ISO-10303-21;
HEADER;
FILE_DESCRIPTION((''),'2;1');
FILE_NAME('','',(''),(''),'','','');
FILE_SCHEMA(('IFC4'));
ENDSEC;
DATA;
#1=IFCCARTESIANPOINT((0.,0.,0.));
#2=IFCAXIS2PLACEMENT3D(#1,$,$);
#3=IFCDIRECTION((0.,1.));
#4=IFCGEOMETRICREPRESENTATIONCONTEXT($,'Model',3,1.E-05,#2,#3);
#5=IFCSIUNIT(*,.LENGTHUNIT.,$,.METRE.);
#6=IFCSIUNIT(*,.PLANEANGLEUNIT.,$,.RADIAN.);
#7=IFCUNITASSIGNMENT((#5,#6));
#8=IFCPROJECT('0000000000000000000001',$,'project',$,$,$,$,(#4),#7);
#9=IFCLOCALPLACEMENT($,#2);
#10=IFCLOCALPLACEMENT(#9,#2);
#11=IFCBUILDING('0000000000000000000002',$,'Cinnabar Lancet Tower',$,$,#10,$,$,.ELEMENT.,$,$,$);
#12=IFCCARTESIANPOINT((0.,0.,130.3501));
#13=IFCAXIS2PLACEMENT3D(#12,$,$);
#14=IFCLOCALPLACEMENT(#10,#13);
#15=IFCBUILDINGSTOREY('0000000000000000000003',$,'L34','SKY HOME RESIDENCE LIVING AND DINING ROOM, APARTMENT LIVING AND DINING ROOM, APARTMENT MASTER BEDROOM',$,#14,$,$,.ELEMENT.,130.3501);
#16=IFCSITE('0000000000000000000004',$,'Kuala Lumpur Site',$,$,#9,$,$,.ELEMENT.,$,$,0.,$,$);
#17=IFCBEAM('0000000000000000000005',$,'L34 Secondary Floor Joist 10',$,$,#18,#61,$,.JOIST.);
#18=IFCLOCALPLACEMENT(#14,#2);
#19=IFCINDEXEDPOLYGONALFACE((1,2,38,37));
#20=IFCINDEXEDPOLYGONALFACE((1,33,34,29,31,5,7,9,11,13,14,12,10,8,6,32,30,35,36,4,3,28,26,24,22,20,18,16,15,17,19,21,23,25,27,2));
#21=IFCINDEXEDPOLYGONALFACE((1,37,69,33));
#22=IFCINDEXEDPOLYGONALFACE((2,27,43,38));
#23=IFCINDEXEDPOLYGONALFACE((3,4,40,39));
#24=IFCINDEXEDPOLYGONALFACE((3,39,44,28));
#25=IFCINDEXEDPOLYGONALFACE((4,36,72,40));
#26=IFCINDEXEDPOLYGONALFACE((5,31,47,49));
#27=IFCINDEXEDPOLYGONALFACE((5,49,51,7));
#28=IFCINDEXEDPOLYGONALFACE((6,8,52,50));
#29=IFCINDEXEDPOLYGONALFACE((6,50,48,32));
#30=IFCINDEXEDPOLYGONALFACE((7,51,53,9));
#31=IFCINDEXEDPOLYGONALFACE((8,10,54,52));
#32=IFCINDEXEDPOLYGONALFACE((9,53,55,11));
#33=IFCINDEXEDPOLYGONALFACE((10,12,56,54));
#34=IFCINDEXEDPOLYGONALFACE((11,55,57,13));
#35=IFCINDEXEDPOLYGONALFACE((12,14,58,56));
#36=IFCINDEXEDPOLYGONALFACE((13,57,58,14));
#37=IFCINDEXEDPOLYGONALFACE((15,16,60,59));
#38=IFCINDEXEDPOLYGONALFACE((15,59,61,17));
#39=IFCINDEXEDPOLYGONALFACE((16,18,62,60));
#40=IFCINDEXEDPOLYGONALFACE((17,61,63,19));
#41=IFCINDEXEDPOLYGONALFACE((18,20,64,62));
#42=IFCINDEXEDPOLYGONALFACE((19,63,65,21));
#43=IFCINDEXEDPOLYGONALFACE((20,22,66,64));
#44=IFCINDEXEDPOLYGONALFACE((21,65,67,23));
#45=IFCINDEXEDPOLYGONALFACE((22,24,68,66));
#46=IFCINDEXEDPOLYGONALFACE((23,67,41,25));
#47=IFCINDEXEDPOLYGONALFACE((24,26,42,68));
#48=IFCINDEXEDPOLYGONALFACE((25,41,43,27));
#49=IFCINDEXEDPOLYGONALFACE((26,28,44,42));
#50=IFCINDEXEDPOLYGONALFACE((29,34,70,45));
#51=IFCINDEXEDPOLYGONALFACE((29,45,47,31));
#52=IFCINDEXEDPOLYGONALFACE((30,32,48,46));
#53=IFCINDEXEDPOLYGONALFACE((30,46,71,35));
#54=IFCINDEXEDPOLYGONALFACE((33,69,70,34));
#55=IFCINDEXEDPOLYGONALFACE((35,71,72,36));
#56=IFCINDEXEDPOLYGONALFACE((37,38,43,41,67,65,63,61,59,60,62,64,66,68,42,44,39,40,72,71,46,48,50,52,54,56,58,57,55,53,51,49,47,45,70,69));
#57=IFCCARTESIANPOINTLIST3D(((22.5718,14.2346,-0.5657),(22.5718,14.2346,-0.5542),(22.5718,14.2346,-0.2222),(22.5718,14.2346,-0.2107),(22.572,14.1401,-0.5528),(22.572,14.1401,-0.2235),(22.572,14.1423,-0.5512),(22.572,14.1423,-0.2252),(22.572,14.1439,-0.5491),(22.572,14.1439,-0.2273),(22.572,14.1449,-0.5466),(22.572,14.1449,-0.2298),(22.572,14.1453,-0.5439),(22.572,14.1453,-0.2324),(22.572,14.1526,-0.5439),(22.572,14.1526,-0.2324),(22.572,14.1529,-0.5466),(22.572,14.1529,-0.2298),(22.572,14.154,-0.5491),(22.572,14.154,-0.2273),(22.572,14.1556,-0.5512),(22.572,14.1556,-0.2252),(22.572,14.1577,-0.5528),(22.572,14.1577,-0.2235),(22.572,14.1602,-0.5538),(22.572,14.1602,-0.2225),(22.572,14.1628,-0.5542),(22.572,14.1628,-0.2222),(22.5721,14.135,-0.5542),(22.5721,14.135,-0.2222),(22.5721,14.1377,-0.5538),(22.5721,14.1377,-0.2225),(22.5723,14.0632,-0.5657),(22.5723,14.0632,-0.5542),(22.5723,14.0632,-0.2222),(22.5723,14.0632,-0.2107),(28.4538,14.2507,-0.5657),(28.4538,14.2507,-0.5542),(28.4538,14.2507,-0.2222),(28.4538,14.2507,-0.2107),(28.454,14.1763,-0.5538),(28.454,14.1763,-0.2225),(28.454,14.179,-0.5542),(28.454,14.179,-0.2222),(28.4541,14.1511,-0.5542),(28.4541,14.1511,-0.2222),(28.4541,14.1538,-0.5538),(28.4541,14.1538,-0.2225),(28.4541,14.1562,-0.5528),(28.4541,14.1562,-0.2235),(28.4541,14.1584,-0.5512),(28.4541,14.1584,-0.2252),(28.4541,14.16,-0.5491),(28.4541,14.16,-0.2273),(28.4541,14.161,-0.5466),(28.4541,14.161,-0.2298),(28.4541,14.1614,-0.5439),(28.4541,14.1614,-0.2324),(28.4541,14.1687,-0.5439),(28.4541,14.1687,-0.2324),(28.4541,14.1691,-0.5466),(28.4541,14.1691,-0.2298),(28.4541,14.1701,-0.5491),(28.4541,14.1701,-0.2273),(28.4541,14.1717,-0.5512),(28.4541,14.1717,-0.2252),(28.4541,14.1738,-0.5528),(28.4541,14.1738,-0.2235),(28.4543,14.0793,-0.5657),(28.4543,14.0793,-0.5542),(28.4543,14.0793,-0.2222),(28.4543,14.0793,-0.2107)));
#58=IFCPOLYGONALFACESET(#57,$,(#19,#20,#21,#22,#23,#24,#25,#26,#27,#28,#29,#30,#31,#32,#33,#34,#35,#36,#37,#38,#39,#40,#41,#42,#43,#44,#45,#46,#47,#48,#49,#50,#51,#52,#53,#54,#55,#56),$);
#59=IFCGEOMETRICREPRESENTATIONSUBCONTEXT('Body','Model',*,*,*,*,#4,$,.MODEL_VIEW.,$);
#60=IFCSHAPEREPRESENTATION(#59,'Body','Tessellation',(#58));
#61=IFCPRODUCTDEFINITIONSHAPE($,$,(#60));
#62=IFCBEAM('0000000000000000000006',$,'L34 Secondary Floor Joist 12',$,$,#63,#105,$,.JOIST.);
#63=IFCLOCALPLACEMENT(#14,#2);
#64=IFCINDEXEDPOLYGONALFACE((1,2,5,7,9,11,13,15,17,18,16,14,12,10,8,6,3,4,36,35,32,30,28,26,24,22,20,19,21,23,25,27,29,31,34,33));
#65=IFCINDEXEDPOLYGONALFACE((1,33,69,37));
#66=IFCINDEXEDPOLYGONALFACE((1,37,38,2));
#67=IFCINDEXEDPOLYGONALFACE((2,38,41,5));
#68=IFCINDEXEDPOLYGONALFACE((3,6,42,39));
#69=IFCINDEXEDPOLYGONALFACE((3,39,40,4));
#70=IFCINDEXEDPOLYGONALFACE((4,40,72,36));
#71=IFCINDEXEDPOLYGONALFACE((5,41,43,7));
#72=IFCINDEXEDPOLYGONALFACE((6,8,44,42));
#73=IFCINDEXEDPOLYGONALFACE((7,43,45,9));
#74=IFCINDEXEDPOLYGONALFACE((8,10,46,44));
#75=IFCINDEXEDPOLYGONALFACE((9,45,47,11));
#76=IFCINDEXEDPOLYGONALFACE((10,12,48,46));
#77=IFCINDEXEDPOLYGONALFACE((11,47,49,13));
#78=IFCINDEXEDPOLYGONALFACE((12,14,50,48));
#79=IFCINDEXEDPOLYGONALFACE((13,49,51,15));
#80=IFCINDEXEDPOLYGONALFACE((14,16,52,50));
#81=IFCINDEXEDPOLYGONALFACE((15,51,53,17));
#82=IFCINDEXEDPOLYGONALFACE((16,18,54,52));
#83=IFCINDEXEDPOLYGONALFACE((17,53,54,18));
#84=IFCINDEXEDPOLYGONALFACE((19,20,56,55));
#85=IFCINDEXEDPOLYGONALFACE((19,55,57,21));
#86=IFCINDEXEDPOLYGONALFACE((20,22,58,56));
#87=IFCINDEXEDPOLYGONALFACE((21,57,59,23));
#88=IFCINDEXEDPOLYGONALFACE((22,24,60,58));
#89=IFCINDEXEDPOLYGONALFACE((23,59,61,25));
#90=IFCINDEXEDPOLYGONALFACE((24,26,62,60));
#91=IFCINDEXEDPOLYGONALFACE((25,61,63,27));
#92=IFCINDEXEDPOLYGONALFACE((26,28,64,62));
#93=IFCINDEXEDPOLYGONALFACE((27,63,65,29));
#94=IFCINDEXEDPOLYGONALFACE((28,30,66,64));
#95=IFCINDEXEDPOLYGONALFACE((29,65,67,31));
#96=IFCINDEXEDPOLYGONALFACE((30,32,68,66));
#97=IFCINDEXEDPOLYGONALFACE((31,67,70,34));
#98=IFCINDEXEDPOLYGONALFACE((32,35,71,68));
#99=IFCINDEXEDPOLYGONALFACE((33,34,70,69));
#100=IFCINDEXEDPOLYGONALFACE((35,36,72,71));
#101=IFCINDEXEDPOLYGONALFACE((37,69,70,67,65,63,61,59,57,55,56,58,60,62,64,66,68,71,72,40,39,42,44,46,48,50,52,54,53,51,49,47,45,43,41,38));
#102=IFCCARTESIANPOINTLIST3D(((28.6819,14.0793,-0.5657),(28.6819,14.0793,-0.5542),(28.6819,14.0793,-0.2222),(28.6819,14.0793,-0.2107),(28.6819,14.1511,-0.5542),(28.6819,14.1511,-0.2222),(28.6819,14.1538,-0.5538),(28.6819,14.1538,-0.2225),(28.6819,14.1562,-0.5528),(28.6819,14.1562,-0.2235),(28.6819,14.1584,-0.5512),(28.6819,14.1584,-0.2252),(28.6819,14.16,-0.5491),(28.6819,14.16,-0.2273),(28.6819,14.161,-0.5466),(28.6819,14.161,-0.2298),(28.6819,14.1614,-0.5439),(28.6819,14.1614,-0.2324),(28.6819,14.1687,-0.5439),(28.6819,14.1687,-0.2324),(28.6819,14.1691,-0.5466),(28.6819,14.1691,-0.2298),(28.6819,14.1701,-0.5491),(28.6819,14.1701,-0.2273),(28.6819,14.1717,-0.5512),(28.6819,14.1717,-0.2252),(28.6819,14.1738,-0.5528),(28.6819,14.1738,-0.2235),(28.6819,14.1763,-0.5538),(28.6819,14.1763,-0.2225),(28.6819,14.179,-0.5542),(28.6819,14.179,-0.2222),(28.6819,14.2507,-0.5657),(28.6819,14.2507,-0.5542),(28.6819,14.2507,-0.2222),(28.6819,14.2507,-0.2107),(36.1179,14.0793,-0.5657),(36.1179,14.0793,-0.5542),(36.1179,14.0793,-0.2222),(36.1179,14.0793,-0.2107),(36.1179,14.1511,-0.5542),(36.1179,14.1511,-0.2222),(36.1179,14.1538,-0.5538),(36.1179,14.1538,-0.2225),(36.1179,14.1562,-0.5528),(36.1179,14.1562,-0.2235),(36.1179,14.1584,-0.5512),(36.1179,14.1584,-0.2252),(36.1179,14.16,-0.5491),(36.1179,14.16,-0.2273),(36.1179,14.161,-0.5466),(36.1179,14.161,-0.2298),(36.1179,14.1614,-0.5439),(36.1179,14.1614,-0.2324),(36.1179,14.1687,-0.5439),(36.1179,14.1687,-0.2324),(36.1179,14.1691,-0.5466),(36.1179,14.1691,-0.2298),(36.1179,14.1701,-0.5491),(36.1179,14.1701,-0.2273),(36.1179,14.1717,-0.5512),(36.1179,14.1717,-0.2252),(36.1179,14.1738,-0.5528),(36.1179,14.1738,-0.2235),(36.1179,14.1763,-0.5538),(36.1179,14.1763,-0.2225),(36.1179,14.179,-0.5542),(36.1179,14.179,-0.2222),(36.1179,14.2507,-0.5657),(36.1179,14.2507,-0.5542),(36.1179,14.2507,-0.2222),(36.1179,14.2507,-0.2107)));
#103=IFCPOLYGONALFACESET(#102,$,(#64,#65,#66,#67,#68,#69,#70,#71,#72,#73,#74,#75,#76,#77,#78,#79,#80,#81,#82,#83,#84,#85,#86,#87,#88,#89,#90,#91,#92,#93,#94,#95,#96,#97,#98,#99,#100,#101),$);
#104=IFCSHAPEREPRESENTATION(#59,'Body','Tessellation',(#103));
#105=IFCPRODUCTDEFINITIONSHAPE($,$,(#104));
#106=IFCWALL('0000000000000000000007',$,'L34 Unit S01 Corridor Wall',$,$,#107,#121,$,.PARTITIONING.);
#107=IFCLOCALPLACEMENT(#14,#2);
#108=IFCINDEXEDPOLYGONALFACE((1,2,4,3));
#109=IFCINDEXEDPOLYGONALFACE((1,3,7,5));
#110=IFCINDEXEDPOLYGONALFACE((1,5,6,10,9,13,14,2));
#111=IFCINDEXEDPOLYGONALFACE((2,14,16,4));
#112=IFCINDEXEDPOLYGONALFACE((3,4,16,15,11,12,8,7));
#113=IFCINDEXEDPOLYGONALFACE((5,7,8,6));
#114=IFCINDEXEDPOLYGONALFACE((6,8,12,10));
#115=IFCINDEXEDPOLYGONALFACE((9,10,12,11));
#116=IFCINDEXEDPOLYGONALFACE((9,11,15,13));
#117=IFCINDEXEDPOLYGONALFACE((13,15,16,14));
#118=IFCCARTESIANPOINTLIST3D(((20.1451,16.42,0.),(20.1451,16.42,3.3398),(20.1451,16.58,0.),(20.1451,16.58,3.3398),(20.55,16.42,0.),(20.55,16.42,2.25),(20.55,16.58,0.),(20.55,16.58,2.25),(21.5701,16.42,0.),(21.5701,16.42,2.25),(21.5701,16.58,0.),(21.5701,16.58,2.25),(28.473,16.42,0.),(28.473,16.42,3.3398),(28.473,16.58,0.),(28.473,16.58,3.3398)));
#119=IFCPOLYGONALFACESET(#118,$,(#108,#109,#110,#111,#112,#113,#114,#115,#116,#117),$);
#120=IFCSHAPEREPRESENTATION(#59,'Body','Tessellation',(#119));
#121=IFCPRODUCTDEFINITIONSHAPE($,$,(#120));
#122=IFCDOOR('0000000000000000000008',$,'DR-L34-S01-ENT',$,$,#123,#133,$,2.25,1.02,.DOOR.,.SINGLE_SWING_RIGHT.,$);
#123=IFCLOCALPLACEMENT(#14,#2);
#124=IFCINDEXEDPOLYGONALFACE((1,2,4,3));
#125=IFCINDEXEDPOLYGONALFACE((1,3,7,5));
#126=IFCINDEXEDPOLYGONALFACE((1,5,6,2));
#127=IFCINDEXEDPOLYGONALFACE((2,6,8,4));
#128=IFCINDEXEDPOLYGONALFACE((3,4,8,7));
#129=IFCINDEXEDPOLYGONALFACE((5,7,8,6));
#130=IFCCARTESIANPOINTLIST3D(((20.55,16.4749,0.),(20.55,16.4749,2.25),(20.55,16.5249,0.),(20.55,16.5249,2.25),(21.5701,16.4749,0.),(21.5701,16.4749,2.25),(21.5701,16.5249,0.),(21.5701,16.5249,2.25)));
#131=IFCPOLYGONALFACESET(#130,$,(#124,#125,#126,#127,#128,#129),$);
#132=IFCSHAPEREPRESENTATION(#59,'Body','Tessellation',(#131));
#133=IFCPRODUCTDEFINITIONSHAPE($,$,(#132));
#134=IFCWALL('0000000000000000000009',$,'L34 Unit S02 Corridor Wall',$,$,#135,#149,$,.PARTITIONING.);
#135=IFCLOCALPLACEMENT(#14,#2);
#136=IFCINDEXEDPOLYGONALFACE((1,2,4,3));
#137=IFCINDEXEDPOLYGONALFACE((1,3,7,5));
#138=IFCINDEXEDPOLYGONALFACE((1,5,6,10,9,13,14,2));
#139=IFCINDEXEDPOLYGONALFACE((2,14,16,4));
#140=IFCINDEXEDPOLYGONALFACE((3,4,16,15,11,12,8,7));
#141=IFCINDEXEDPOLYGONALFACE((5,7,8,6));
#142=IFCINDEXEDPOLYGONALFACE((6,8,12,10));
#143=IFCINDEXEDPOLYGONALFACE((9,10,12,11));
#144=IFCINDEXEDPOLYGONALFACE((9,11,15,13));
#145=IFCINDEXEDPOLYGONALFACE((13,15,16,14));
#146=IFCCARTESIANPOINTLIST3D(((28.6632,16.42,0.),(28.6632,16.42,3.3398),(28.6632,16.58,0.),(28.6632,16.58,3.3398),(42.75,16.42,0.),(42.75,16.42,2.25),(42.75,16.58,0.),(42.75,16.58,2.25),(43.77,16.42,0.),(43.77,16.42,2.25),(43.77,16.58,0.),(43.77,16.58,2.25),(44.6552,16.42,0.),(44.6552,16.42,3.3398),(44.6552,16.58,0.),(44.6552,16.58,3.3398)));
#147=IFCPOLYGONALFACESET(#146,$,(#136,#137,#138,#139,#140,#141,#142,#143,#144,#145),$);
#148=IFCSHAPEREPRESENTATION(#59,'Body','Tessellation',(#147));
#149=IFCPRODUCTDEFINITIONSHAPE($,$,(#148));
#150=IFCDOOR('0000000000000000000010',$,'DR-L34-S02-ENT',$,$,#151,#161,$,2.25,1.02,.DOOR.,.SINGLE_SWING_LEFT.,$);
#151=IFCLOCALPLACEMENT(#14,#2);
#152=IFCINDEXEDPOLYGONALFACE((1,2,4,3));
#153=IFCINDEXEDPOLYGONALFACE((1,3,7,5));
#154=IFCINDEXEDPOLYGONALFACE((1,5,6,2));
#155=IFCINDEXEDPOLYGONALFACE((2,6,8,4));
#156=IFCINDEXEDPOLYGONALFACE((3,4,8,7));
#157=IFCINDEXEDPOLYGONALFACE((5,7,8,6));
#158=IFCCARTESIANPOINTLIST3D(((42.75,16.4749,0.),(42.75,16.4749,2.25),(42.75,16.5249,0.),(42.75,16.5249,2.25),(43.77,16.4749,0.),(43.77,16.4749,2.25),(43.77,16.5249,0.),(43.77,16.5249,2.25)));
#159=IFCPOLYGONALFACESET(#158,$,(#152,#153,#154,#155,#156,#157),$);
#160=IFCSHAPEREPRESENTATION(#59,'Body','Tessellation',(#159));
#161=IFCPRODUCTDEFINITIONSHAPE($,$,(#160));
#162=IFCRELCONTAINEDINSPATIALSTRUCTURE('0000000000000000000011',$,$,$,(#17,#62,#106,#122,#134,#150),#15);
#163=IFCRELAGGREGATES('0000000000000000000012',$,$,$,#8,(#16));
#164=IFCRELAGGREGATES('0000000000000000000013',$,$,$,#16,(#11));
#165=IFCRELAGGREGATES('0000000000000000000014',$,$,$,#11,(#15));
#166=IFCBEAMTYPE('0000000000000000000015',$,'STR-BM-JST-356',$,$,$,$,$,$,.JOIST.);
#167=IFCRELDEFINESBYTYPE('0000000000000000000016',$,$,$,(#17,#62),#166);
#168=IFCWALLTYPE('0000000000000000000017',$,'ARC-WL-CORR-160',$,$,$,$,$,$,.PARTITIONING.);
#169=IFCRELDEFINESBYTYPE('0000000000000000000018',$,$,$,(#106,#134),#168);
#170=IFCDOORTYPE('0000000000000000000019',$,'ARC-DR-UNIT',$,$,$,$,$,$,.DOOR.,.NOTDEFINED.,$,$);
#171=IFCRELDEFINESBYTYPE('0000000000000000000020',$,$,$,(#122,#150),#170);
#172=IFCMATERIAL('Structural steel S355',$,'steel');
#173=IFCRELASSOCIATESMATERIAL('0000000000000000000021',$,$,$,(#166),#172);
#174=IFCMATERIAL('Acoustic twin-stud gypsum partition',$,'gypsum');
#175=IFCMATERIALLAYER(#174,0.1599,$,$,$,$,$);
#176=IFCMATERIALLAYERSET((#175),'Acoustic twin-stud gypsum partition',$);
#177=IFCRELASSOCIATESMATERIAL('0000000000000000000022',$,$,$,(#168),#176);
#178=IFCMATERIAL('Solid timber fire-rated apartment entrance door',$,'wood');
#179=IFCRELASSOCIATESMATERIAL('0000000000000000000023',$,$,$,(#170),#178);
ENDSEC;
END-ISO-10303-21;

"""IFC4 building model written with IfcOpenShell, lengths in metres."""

from ifc_helpers import new_model, si_unit, direction, frame, frame_2d, origin, origin_2d, place, context, subcontext, project, spatial, rectangle, i_section, extrude, material, layer, layer_set, material_profile, profile_set, type_object, element, fill, save


model = new_model("IFC4")

# Units and contexts
model_context = context("Model", 3, precision=1e-05, world=origin(), true_north=direction((0.0, 1.0)))
body_context = subcontext(model_context, "Body", "Model", "MODEL_VIEW")
ifc_project = project(units=[si_unit("LENGTHUNIT", "METRE"), si_unit("PLANEANGLEUNIT", "RADIAN")], contexts=[model_context])

# Site, building, storey
site_placement = place(None, origin())
site = spatial("IfcSite", under=ifc_project, at=site_placement, Name="Kuala Lumpur Site", CompositionType="ELEMENT", RefElevation=0.0)
building_placement = place(site_placement, origin())
building = spatial("IfcBuilding", under=site, at=building_placement, Name="Cinnabar Lancet Tower", CompositionType="ELEMENT")
storey_placement = place(building_placement, frame((0.0, 0.0, 130.3501)))
storey = spatial("IfcBuildingStorey", under=building, at=storey_placement, Name="L34", Description="SKY HOME RESIDENCE LIVING AND DINING ROOM, APARTMENT LIVING AND DINING ROOM, APARTMENT MASTER BEDROOM", CompositionType="ELEMENT", Elevation=130.3501)

# Beams
ifc_material_1 = material(Name="Structural steel S355", Category="steel")
ifc_material_profile = material_profile(ifc_material_1, i_section(OverallWidth=0.1714, OverallDepth=0.355, WebThickness=0.0073, FlangeThickness=0.0115, FilletRadius=0.0103, at=origin_2d()), Name="UKB 356x171x51")
ifc_profile_set = profile_set([ifc_material_profile], Name="Structural steel S355")
beam_type = type_object("IfcBeamType", Name="STR-BM-JST-356", PredefinedType="JOIST", material=ifc_profile_set)
beam_1_placement = place(storey_placement, frame((22.572, 14.1489, -0.3882), z_axis=(0.999996, 0.002739, 0.0), x_axis=(-0.002739, 0.999996, 0.0)))
element("IfcBeam", 1, at=beam_1_placement, inside=storey, type_object=beam_type, Name="L34 Secondary Floor Joist 10", PredefinedType="JOIST", context=body_context, shape_type="SweptSolid", body=[
    extrude(i_section(OverallWidth=0.1714, OverallDepth=0.355, WebThickness=0.0073, FlangeThickness=0.0115, FilletRadius=0.0103, at=origin_2d()), origin(), (0.0, 0.0, 1.0), 5.8821),
])
beam_2_placement = place(storey_placement, frame((28.6819, 14.165, -0.3882), z_axis=(1.0, 0.0, 0.0), x_axis=(0.0, 1.0, 0.0)))
element("IfcBeam", 2, at=beam_2_placement, inside=storey, type_object=beam_type, Name="L34 Secondary Floor Joist 12", PredefinedType="JOIST", context=body_context, shape_type="SweptSolid", body=[
    extrude(i_section(OverallWidth=0.1714, OverallDepth=0.355, WebThickness=0.0073, FlangeThickness=0.0115, FilletRadius=0.0103, at=origin_2d()), origin(), (0.0, 0.0, 1.0), 7.436),
])

# Walls, openings, doors
ifc_material_2 = material(Name="Acoustic twin-stud gypsum partition", Category="gypsum")
ifc_layer = layer(ifc_material_2, 0.1599)
ifc_layer_set = layer_set([ifc_layer], Name="Acoustic twin-stud gypsum partition")
wall_type = type_object("IfcWallType", Name="ARC-WL-CORR-160", PredefinedType="PARTITIONING", material=ifc_layer_set)
wall_1_placement = place(storey_placement, frame((20.145, 16.5, 0.0), z_axis=(0.0, 0.0, 1.0), x_axis=(1.0, 0.0, 0.0)))
wall_1 = element("IfcWall", 3, at=wall_1_placement, inside=storey, type_object=wall_type, Name="L34 Unit S01 Corridor Wall", PredefinedType="PARTITIONING", context=body_context, shape_type="SweptSolid", body=[
    extrude(rectangle(XDim=8.3279, YDim=0.1599, at=frame_2d((4.1641, 0.0))), origin(), (0.0, 0.0, 1.0), 3.3398),
])
opening_1_placement = place(wall_1_placement, frame((0.405, 0.0, 0.0)))
opening_1 = element("IfcOpeningElement", 4, at=opening_1_placement, cuts=wall_1, PredefinedType="OPENING", context=body_context, shape_type="SweptSolid", body=[
    extrude(rectangle(XDim=1.02, YDim=2.25, at=frame_2d((0.51, 1.125))), frame((0.0, 0.0898, 0.0), z_axis=(0.0, -1.0, 0.0), x_axis=(1.0, 0.0, 0.0)), (0.0, 0.0, 1.0), 0.1799),
])
ifc_material_3 = material(Name="Solid timber fire-rated apartment entrance door", Category="wood")
door_type = type_object("IfcDoorType", Name="ARC-DR-UNIT", OperationType="NOTDEFINED", PredefinedType="DOOR", material=ifc_material_3)
door_1_placement = place(opening_1_placement, origin())
door_1 = element("IfcDoor", 5, at=door_1_placement, inside=storey, type_object=door_type, Name="DR-L34-S01-ENT", OperationType="SINGLE_SWING_RIGHT", OverallHeight=2.25, OverallWidth=1.02, PredefinedType="DOOR", context=body_context, shape_type="SweptSolid", body=[
    extrude(rectangle(XDim=1.02, YDim=2.25, at=frame_2d((0.51, 1.125))), frame((0.0, 0.0249, 0.0), z_axis=(0.0, -1.0, 0.0), x_axis=(1.0, 0.0, 0.0)), (0.0, 0.0, 1.0), 0.05),
])
fill(opening_1, door_1)
wall_2_placement = place(storey_placement, frame((28.6631, 16.5, 0.0), z_axis=(0.0, 0.0, 1.0), x_axis=(1.0, 0.0, 0.0)))
wall_2 = element("IfcWall", 6, at=wall_2_placement, inside=storey, type_object=wall_type, Name="L34 Unit S02 Corridor Wall", PredefinedType="PARTITIONING", context=body_context, shape_type="SweptSolid", body=[
    extrude(rectangle(XDim=15.9919, YDim=0.1599, at=frame_2d((7.9961, 0.0))), origin(), (0.0, 0.0, 1.0), 3.3398),
])
opening_2_placement = place(wall_2_placement, frame((14.0869, 0.0, 0.0)))
opening_2 = element("IfcOpeningElement", 7, at=opening_2_placement, cuts=wall_2, PredefinedType="OPENING", context=body_context, shape_type="SweptSolid", body=[
    extrude(rectangle(XDim=1.02, YDim=2.25, at=frame_2d((0.51, 1.125))), frame((0.0, 0.0898, 0.0), z_axis=(0.0, -1.0, 0.0), x_axis=(1.0, 0.0, 0.0)), (0.0, 0.0, 1.0), 0.1799),
])
door_2_placement = place(opening_2_placement, origin())
door_2 = element("IfcDoor", 8, at=door_2_placement, inside=storey, type_object=door_type, Name="DR-L34-S02-ENT", OperationType="SINGLE_SWING_LEFT", OverallHeight=2.25, OverallWidth=1.02, PredefinedType="DOOR", context=body_context, shape_type="SweptSolid", body=[
    extrude(rectangle(XDim=1.02, YDim=2.25, at=frame_2d((0.51, 1.125))), frame((0.0, 0.0249, 0.0), z_axis=(0.0, -1.0, 0.0), x_axis=(1.0, 0.0, 0.0)), (0.0, 0.0, 1.0), 0.05),
])
fill(opening_2, door_2)

save(model, "model.ifc")
